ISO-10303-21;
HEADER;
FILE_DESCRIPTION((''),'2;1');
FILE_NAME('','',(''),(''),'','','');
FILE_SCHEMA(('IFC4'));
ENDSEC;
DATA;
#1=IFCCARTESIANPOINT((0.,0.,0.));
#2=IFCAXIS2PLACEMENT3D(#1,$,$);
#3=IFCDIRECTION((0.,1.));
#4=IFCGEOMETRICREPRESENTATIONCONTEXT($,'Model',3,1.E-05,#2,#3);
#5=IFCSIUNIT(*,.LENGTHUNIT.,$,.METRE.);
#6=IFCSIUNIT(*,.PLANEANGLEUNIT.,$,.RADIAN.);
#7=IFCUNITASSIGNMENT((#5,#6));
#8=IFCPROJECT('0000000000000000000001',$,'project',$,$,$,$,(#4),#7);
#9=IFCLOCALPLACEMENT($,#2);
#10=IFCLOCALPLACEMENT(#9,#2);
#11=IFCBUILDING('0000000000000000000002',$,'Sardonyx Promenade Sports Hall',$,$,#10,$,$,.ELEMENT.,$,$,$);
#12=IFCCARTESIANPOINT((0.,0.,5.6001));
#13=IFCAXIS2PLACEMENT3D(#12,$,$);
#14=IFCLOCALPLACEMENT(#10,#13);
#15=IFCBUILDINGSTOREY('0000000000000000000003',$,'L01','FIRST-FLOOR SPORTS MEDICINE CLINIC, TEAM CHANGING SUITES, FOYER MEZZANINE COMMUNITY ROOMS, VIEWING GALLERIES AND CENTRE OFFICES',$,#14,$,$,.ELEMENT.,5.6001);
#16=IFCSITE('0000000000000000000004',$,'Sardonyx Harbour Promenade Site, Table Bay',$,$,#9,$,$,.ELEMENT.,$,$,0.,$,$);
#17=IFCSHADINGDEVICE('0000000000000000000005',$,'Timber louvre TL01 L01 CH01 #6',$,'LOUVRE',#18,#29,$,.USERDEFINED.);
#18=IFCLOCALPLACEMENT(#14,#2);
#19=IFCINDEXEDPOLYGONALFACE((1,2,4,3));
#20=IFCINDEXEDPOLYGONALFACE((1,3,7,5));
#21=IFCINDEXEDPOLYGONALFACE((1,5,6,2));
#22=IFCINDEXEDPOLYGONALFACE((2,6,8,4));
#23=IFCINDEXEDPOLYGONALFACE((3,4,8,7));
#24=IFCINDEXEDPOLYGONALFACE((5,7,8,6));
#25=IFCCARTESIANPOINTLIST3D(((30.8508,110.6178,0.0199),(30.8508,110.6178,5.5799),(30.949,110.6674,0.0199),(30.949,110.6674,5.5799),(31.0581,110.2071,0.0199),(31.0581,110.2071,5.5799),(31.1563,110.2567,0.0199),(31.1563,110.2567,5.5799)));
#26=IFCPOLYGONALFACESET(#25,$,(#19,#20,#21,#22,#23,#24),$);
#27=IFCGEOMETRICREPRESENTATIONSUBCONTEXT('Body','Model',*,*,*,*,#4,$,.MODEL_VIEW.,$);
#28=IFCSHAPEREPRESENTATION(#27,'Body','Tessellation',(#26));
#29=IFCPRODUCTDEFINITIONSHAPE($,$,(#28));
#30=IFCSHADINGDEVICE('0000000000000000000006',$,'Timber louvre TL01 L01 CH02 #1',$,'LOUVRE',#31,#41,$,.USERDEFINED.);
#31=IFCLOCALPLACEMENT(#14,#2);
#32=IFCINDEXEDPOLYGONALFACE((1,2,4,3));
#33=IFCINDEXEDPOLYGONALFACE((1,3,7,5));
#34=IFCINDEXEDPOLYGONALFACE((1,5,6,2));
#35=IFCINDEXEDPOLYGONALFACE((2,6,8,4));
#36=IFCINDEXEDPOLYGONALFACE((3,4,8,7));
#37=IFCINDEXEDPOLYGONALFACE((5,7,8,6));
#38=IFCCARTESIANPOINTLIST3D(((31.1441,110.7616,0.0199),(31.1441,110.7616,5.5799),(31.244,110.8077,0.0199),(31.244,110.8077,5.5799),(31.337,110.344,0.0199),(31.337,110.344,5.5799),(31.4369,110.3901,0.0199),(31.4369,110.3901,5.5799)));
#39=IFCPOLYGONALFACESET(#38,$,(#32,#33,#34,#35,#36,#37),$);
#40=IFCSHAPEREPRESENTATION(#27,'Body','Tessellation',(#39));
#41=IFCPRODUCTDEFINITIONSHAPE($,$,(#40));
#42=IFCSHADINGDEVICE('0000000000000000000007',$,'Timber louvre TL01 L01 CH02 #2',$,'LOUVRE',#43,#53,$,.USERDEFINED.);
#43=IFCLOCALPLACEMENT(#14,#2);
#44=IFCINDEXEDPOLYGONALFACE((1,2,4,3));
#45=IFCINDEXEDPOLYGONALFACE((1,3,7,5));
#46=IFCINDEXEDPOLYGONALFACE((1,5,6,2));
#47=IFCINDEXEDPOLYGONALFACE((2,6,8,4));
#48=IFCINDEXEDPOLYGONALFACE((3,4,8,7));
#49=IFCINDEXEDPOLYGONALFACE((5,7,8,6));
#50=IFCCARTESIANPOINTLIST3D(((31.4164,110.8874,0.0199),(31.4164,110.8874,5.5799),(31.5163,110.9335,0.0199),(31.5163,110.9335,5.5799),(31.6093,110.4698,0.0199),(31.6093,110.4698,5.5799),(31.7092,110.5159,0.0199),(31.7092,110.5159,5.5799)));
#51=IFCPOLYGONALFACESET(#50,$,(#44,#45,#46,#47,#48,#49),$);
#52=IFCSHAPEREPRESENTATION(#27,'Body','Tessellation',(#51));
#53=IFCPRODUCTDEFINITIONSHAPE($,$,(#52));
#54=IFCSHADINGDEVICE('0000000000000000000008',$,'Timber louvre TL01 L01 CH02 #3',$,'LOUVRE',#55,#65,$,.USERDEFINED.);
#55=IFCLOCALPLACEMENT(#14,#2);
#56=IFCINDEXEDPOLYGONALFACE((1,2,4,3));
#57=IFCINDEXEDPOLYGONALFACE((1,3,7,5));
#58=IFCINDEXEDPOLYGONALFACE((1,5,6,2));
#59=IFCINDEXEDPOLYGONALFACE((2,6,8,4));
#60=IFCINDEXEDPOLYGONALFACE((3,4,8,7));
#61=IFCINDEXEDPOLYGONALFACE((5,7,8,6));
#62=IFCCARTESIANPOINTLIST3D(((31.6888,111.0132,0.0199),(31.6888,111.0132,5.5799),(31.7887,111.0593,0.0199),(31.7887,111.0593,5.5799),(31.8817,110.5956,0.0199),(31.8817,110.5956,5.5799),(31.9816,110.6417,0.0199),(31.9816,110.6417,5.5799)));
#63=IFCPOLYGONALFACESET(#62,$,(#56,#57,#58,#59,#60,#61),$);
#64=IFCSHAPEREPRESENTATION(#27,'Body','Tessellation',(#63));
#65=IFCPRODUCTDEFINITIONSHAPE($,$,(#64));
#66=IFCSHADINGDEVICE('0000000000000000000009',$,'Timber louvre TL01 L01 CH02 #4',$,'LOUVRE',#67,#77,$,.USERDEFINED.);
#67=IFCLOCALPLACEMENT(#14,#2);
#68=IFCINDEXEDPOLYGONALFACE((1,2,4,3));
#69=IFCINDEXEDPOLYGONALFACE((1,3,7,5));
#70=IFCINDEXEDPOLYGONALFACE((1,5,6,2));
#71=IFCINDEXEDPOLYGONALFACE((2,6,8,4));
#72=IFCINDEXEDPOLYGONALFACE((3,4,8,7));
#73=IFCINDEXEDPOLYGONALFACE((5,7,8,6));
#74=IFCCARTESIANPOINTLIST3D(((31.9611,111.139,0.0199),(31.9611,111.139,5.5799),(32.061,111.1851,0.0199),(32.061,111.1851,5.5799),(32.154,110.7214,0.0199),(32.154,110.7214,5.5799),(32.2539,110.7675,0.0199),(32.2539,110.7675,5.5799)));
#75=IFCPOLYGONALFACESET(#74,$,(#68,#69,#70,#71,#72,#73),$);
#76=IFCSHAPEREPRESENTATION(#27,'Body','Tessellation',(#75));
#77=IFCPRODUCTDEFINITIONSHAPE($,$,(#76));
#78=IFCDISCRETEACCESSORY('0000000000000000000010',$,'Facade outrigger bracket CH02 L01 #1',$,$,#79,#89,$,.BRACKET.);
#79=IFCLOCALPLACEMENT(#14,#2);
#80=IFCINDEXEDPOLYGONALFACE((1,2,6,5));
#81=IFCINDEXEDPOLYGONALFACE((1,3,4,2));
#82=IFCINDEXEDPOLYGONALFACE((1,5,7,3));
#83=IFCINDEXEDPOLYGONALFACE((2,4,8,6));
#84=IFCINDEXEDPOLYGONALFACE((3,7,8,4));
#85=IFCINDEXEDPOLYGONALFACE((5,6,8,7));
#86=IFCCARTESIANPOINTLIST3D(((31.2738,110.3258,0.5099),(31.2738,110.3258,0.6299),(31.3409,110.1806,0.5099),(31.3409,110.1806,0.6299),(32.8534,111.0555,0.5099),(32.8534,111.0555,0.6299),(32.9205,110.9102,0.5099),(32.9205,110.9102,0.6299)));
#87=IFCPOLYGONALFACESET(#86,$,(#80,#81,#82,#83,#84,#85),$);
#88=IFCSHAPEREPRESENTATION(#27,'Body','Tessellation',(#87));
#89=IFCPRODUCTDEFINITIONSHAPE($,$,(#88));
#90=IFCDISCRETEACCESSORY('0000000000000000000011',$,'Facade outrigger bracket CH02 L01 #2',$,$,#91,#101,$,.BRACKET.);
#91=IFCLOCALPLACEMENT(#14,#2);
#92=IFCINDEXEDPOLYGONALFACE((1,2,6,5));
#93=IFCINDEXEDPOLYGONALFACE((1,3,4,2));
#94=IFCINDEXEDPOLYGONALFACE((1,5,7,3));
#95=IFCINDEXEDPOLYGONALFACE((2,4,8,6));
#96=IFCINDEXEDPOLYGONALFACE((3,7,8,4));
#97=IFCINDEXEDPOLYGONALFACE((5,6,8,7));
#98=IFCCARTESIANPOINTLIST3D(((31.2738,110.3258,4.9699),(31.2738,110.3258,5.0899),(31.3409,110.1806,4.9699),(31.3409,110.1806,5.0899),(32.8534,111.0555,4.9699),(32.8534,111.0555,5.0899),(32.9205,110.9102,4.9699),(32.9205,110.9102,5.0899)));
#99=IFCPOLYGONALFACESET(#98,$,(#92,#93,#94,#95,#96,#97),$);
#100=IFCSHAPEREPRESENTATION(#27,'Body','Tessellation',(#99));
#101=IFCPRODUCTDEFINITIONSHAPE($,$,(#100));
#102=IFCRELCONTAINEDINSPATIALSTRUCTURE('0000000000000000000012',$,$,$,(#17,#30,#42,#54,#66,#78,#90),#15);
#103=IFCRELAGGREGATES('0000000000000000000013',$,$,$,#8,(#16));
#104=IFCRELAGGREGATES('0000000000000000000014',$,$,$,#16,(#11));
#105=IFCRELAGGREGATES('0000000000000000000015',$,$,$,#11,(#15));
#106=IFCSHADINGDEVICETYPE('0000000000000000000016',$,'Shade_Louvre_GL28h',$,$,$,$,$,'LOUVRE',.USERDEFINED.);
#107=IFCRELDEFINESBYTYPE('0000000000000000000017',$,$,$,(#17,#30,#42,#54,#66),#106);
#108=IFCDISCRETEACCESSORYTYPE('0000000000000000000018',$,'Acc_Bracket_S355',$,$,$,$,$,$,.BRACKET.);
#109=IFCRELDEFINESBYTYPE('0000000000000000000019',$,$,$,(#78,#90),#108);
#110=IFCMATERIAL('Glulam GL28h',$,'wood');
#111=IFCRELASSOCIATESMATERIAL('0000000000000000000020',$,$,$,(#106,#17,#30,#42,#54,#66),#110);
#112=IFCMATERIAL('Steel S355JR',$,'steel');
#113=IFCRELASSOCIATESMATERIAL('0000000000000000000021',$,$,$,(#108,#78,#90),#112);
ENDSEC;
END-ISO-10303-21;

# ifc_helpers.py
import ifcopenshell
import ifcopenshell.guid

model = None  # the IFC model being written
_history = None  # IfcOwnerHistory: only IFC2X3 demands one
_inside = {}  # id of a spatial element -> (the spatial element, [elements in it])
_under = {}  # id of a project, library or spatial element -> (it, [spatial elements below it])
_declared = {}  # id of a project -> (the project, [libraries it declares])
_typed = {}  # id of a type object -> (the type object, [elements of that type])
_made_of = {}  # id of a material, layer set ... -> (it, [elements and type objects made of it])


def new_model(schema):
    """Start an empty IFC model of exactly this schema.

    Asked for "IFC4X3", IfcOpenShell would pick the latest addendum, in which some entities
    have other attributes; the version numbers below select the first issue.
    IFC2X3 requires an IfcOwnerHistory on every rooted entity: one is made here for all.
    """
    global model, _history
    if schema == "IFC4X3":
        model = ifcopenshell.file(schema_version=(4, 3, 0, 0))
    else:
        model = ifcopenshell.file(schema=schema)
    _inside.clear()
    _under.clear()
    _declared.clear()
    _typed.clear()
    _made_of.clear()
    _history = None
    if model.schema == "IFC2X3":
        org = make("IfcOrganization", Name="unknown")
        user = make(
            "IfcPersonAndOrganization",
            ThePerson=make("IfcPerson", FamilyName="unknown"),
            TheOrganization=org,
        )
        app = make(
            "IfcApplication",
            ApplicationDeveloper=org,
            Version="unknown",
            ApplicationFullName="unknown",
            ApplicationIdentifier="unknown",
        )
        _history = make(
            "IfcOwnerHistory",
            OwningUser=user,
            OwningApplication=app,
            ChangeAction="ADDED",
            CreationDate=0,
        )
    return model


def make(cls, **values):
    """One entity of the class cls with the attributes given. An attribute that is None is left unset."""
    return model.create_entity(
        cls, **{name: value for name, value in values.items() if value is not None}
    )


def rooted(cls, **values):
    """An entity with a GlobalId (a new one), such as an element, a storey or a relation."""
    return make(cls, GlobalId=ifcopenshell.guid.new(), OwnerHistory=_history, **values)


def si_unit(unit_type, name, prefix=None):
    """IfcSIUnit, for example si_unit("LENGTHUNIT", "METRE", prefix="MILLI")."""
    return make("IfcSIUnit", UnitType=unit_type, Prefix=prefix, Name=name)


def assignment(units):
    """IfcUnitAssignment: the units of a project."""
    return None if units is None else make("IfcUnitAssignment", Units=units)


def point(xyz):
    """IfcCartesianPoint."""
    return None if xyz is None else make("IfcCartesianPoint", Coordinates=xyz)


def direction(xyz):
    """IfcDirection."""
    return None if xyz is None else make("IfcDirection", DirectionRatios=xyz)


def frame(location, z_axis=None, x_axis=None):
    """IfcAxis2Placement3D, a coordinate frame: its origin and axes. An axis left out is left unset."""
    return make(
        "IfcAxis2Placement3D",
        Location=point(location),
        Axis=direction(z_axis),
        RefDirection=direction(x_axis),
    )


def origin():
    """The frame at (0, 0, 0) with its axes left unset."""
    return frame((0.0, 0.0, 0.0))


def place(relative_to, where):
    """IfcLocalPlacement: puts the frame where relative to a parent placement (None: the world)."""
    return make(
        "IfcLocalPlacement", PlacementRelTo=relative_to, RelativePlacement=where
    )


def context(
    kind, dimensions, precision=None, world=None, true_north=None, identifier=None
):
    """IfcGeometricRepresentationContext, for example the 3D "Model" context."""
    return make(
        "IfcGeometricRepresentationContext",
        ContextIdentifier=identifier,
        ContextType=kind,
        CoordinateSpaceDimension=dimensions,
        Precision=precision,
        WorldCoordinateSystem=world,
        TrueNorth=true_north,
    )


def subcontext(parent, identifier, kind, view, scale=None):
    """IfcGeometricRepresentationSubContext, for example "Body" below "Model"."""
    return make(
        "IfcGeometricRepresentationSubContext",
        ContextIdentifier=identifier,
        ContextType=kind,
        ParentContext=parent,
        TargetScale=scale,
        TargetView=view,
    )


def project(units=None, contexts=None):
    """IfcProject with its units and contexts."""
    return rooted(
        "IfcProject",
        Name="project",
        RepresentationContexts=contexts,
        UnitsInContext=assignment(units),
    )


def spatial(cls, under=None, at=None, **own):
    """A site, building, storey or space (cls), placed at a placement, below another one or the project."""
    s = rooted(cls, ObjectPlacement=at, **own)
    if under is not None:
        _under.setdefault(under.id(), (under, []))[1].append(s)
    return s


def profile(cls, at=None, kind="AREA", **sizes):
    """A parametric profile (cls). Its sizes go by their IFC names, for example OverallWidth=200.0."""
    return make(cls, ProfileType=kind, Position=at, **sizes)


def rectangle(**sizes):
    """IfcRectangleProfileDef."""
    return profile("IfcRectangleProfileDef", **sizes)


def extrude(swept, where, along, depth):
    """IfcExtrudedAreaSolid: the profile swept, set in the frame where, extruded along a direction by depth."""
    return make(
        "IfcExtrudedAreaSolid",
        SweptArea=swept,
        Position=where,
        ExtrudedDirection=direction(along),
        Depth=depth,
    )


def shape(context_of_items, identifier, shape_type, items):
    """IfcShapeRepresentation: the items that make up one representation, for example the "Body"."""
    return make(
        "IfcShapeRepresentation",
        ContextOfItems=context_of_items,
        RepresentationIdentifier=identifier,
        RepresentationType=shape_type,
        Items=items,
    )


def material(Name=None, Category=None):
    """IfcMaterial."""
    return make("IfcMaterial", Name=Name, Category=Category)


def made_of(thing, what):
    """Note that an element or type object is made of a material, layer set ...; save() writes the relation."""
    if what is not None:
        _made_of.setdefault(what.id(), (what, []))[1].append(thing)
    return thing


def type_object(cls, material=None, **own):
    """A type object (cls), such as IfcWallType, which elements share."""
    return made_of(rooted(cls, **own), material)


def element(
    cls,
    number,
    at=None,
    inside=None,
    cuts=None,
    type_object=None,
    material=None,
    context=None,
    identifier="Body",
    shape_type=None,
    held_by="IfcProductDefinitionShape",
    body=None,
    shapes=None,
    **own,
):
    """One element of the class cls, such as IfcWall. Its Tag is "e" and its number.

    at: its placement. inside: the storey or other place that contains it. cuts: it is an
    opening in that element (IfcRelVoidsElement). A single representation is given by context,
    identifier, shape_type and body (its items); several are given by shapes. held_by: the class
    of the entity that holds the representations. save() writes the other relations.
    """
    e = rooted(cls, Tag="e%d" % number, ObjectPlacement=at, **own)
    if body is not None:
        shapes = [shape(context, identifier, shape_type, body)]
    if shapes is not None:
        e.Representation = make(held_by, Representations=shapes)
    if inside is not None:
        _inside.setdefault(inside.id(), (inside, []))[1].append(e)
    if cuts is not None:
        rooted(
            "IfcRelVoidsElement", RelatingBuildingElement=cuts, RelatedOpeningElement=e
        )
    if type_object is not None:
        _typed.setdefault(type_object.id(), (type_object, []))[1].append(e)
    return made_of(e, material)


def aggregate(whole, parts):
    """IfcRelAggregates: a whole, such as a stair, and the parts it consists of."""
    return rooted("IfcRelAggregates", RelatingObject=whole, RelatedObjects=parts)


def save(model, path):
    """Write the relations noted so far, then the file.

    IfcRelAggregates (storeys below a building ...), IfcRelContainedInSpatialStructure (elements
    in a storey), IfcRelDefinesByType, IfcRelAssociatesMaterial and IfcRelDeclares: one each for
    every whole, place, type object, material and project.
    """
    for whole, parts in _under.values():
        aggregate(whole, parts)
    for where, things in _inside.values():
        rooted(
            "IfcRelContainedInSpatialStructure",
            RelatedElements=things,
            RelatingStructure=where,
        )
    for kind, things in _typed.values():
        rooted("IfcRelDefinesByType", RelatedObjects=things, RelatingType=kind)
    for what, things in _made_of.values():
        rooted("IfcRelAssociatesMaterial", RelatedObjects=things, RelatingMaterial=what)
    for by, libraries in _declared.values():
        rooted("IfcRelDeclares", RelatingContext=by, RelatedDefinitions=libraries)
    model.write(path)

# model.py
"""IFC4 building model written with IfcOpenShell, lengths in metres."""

from ifc_helpers import new_model, si_unit, direction, frame, origin, place, context, subcontext, project, spatial, rectangle, extrude, material, type_object, element, save


model = new_model("IFC4")

# Units and contexts
model_context = context("Model", 3, precision=1e-05, world=origin(), true_north=direction((0.0, 1.0)))
body_context = subcontext(model_context, "Body", "Model", "MODEL_VIEW")
ifc_project = project(units=[si_unit("LENGTHUNIT", "METRE"), si_unit("PLANEANGLEUNIT", "RADIAN")], contexts=[model_context])

# Site, building, storey
site_placement = place(None, origin())
site = spatial("IfcSite", under=ifc_project, at=site_placement, Name="Sardonyx Harbour Promenade Site, Table Bay", CompositionType="ELEMENT", RefElevation=0.0)
building_placement = place(site_placement, origin())
building = spatial("IfcBuilding", under=site, at=building_placement, Name="Sardonyx Promenade Sports Hall", CompositionType="ELEMENT")
storey_placement = place(building_placement, frame((0.0, 0.0, 5.6001)))
storey = spatial("IfcBuildingStorey", under=building, at=storey_placement, Name="L01", Description="FIRST-FLOOR SPORTS MEDICINE CLINIC, TEAM CHANGING SUITES, FOYER MEZZANINE COMMUNITY ROOMS, VIEWING GALLERIES AND CENTRE OFFICES", CompositionType="ELEMENT", Elevation=5.6001)

# Shading devices
ifc_material_1 = material(Name="Glulam GL28h", Category="wood")
shading_device_type = type_object("IfcShadingDeviceType", Name="Shade_Louvre_GL28h", ElementType="LOUVRE", PredefinedType="USERDEFINED", material=ifc_material_1)
for number, where, z_axis, x_axis, name in (
    (1, (31.0036, 110.4373, 0.0199), (0.0, 0.0, 1.0), (0.892774, 0.450505, 0.0), "Timber louvre TL01 L01 CH01 #6"),
    (2, (31.2905, 110.5759, 0.0199), (0.0, 0.0, 1.0), (0.907831, 0.419336, 0.0), "Timber louvre TL01 L01 CH02 #1"),
    (3, (31.5628, 110.7017, 0.0199), (0.0, 0.0, 1.0), (0.907831, 0.419336, 0.0), "Timber louvre TL01 L01 CH02 #2"),
    (4, (31.8352, 110.8275, 0.0199), (0.0, 0.0, 1.0), (0.907831, 0.419336, 0.0), "Timber louvre TL01 L01 CH02 #3"),
    (5, (32.1075, 110.9533, 0.0199), (0.0, 0.0, 1.0), (0.907831, 0.419336, 0.0), "Timber louvre TL01 L01 CH02 #4"),
):
    element("IfcShadingDevice", number, at=place(storey_placement, frame(where, z_axis=z_axis, x_axis=x_axis)), inside=storey, type_object=shading_device_type, material=ifc_material_1, Name=name, ObjectType="LOUVRE", PredefinedType="USERDEFINED", context=body_context, shape_type="SweptSolid", body=[
        extrude(rectangle(XDim=0.11, YDim=0.46), origin(), (0.0, 0.0, 1.0), 5.56),
    ])

# Discrete accessories
ifc_material_2 = material(Name="Steel S355JR", Category="steel")
discrete_accessory_type = type_object("IfcDiscreteAccessoryType", Name="Acc_Bracket_S355", PredefinedType="BRACKET", material=ifc_material_2)
for number, where, z_axis, x_axis, name in (
    (6, (32.0971, 110.618, 0.5099), (0.0, 0.0, 1.0), (0.907831, 0.419336, 0.0), "Facade outrigger bracket CH02 L01 #1"),
    (7, (32.0971, 110.618, 4.9699), (0.0, 0.0, 1.0), (0.907831, 0.419336, 0.0), "Facade outrigger bracket CH02 L01 #2"),
):
    element("IfcDiscreteAccessory", number, at=place(storey_placement, frame(where, z_axis=z_axis, x_axis=x_axis)), inside=storey, type_object=discrete_accessory_type, material=ifc_material_2, Name=name, PredefinedType="BRACKET", context=body_context, shape_type="SweptSolid", body=[
        extrude(rectangle(XDim=1.74, YDim=0.16), origin(), (0.0, 0.0, 1.0), 0.12),
    ])

save(model, "model.ifc")
